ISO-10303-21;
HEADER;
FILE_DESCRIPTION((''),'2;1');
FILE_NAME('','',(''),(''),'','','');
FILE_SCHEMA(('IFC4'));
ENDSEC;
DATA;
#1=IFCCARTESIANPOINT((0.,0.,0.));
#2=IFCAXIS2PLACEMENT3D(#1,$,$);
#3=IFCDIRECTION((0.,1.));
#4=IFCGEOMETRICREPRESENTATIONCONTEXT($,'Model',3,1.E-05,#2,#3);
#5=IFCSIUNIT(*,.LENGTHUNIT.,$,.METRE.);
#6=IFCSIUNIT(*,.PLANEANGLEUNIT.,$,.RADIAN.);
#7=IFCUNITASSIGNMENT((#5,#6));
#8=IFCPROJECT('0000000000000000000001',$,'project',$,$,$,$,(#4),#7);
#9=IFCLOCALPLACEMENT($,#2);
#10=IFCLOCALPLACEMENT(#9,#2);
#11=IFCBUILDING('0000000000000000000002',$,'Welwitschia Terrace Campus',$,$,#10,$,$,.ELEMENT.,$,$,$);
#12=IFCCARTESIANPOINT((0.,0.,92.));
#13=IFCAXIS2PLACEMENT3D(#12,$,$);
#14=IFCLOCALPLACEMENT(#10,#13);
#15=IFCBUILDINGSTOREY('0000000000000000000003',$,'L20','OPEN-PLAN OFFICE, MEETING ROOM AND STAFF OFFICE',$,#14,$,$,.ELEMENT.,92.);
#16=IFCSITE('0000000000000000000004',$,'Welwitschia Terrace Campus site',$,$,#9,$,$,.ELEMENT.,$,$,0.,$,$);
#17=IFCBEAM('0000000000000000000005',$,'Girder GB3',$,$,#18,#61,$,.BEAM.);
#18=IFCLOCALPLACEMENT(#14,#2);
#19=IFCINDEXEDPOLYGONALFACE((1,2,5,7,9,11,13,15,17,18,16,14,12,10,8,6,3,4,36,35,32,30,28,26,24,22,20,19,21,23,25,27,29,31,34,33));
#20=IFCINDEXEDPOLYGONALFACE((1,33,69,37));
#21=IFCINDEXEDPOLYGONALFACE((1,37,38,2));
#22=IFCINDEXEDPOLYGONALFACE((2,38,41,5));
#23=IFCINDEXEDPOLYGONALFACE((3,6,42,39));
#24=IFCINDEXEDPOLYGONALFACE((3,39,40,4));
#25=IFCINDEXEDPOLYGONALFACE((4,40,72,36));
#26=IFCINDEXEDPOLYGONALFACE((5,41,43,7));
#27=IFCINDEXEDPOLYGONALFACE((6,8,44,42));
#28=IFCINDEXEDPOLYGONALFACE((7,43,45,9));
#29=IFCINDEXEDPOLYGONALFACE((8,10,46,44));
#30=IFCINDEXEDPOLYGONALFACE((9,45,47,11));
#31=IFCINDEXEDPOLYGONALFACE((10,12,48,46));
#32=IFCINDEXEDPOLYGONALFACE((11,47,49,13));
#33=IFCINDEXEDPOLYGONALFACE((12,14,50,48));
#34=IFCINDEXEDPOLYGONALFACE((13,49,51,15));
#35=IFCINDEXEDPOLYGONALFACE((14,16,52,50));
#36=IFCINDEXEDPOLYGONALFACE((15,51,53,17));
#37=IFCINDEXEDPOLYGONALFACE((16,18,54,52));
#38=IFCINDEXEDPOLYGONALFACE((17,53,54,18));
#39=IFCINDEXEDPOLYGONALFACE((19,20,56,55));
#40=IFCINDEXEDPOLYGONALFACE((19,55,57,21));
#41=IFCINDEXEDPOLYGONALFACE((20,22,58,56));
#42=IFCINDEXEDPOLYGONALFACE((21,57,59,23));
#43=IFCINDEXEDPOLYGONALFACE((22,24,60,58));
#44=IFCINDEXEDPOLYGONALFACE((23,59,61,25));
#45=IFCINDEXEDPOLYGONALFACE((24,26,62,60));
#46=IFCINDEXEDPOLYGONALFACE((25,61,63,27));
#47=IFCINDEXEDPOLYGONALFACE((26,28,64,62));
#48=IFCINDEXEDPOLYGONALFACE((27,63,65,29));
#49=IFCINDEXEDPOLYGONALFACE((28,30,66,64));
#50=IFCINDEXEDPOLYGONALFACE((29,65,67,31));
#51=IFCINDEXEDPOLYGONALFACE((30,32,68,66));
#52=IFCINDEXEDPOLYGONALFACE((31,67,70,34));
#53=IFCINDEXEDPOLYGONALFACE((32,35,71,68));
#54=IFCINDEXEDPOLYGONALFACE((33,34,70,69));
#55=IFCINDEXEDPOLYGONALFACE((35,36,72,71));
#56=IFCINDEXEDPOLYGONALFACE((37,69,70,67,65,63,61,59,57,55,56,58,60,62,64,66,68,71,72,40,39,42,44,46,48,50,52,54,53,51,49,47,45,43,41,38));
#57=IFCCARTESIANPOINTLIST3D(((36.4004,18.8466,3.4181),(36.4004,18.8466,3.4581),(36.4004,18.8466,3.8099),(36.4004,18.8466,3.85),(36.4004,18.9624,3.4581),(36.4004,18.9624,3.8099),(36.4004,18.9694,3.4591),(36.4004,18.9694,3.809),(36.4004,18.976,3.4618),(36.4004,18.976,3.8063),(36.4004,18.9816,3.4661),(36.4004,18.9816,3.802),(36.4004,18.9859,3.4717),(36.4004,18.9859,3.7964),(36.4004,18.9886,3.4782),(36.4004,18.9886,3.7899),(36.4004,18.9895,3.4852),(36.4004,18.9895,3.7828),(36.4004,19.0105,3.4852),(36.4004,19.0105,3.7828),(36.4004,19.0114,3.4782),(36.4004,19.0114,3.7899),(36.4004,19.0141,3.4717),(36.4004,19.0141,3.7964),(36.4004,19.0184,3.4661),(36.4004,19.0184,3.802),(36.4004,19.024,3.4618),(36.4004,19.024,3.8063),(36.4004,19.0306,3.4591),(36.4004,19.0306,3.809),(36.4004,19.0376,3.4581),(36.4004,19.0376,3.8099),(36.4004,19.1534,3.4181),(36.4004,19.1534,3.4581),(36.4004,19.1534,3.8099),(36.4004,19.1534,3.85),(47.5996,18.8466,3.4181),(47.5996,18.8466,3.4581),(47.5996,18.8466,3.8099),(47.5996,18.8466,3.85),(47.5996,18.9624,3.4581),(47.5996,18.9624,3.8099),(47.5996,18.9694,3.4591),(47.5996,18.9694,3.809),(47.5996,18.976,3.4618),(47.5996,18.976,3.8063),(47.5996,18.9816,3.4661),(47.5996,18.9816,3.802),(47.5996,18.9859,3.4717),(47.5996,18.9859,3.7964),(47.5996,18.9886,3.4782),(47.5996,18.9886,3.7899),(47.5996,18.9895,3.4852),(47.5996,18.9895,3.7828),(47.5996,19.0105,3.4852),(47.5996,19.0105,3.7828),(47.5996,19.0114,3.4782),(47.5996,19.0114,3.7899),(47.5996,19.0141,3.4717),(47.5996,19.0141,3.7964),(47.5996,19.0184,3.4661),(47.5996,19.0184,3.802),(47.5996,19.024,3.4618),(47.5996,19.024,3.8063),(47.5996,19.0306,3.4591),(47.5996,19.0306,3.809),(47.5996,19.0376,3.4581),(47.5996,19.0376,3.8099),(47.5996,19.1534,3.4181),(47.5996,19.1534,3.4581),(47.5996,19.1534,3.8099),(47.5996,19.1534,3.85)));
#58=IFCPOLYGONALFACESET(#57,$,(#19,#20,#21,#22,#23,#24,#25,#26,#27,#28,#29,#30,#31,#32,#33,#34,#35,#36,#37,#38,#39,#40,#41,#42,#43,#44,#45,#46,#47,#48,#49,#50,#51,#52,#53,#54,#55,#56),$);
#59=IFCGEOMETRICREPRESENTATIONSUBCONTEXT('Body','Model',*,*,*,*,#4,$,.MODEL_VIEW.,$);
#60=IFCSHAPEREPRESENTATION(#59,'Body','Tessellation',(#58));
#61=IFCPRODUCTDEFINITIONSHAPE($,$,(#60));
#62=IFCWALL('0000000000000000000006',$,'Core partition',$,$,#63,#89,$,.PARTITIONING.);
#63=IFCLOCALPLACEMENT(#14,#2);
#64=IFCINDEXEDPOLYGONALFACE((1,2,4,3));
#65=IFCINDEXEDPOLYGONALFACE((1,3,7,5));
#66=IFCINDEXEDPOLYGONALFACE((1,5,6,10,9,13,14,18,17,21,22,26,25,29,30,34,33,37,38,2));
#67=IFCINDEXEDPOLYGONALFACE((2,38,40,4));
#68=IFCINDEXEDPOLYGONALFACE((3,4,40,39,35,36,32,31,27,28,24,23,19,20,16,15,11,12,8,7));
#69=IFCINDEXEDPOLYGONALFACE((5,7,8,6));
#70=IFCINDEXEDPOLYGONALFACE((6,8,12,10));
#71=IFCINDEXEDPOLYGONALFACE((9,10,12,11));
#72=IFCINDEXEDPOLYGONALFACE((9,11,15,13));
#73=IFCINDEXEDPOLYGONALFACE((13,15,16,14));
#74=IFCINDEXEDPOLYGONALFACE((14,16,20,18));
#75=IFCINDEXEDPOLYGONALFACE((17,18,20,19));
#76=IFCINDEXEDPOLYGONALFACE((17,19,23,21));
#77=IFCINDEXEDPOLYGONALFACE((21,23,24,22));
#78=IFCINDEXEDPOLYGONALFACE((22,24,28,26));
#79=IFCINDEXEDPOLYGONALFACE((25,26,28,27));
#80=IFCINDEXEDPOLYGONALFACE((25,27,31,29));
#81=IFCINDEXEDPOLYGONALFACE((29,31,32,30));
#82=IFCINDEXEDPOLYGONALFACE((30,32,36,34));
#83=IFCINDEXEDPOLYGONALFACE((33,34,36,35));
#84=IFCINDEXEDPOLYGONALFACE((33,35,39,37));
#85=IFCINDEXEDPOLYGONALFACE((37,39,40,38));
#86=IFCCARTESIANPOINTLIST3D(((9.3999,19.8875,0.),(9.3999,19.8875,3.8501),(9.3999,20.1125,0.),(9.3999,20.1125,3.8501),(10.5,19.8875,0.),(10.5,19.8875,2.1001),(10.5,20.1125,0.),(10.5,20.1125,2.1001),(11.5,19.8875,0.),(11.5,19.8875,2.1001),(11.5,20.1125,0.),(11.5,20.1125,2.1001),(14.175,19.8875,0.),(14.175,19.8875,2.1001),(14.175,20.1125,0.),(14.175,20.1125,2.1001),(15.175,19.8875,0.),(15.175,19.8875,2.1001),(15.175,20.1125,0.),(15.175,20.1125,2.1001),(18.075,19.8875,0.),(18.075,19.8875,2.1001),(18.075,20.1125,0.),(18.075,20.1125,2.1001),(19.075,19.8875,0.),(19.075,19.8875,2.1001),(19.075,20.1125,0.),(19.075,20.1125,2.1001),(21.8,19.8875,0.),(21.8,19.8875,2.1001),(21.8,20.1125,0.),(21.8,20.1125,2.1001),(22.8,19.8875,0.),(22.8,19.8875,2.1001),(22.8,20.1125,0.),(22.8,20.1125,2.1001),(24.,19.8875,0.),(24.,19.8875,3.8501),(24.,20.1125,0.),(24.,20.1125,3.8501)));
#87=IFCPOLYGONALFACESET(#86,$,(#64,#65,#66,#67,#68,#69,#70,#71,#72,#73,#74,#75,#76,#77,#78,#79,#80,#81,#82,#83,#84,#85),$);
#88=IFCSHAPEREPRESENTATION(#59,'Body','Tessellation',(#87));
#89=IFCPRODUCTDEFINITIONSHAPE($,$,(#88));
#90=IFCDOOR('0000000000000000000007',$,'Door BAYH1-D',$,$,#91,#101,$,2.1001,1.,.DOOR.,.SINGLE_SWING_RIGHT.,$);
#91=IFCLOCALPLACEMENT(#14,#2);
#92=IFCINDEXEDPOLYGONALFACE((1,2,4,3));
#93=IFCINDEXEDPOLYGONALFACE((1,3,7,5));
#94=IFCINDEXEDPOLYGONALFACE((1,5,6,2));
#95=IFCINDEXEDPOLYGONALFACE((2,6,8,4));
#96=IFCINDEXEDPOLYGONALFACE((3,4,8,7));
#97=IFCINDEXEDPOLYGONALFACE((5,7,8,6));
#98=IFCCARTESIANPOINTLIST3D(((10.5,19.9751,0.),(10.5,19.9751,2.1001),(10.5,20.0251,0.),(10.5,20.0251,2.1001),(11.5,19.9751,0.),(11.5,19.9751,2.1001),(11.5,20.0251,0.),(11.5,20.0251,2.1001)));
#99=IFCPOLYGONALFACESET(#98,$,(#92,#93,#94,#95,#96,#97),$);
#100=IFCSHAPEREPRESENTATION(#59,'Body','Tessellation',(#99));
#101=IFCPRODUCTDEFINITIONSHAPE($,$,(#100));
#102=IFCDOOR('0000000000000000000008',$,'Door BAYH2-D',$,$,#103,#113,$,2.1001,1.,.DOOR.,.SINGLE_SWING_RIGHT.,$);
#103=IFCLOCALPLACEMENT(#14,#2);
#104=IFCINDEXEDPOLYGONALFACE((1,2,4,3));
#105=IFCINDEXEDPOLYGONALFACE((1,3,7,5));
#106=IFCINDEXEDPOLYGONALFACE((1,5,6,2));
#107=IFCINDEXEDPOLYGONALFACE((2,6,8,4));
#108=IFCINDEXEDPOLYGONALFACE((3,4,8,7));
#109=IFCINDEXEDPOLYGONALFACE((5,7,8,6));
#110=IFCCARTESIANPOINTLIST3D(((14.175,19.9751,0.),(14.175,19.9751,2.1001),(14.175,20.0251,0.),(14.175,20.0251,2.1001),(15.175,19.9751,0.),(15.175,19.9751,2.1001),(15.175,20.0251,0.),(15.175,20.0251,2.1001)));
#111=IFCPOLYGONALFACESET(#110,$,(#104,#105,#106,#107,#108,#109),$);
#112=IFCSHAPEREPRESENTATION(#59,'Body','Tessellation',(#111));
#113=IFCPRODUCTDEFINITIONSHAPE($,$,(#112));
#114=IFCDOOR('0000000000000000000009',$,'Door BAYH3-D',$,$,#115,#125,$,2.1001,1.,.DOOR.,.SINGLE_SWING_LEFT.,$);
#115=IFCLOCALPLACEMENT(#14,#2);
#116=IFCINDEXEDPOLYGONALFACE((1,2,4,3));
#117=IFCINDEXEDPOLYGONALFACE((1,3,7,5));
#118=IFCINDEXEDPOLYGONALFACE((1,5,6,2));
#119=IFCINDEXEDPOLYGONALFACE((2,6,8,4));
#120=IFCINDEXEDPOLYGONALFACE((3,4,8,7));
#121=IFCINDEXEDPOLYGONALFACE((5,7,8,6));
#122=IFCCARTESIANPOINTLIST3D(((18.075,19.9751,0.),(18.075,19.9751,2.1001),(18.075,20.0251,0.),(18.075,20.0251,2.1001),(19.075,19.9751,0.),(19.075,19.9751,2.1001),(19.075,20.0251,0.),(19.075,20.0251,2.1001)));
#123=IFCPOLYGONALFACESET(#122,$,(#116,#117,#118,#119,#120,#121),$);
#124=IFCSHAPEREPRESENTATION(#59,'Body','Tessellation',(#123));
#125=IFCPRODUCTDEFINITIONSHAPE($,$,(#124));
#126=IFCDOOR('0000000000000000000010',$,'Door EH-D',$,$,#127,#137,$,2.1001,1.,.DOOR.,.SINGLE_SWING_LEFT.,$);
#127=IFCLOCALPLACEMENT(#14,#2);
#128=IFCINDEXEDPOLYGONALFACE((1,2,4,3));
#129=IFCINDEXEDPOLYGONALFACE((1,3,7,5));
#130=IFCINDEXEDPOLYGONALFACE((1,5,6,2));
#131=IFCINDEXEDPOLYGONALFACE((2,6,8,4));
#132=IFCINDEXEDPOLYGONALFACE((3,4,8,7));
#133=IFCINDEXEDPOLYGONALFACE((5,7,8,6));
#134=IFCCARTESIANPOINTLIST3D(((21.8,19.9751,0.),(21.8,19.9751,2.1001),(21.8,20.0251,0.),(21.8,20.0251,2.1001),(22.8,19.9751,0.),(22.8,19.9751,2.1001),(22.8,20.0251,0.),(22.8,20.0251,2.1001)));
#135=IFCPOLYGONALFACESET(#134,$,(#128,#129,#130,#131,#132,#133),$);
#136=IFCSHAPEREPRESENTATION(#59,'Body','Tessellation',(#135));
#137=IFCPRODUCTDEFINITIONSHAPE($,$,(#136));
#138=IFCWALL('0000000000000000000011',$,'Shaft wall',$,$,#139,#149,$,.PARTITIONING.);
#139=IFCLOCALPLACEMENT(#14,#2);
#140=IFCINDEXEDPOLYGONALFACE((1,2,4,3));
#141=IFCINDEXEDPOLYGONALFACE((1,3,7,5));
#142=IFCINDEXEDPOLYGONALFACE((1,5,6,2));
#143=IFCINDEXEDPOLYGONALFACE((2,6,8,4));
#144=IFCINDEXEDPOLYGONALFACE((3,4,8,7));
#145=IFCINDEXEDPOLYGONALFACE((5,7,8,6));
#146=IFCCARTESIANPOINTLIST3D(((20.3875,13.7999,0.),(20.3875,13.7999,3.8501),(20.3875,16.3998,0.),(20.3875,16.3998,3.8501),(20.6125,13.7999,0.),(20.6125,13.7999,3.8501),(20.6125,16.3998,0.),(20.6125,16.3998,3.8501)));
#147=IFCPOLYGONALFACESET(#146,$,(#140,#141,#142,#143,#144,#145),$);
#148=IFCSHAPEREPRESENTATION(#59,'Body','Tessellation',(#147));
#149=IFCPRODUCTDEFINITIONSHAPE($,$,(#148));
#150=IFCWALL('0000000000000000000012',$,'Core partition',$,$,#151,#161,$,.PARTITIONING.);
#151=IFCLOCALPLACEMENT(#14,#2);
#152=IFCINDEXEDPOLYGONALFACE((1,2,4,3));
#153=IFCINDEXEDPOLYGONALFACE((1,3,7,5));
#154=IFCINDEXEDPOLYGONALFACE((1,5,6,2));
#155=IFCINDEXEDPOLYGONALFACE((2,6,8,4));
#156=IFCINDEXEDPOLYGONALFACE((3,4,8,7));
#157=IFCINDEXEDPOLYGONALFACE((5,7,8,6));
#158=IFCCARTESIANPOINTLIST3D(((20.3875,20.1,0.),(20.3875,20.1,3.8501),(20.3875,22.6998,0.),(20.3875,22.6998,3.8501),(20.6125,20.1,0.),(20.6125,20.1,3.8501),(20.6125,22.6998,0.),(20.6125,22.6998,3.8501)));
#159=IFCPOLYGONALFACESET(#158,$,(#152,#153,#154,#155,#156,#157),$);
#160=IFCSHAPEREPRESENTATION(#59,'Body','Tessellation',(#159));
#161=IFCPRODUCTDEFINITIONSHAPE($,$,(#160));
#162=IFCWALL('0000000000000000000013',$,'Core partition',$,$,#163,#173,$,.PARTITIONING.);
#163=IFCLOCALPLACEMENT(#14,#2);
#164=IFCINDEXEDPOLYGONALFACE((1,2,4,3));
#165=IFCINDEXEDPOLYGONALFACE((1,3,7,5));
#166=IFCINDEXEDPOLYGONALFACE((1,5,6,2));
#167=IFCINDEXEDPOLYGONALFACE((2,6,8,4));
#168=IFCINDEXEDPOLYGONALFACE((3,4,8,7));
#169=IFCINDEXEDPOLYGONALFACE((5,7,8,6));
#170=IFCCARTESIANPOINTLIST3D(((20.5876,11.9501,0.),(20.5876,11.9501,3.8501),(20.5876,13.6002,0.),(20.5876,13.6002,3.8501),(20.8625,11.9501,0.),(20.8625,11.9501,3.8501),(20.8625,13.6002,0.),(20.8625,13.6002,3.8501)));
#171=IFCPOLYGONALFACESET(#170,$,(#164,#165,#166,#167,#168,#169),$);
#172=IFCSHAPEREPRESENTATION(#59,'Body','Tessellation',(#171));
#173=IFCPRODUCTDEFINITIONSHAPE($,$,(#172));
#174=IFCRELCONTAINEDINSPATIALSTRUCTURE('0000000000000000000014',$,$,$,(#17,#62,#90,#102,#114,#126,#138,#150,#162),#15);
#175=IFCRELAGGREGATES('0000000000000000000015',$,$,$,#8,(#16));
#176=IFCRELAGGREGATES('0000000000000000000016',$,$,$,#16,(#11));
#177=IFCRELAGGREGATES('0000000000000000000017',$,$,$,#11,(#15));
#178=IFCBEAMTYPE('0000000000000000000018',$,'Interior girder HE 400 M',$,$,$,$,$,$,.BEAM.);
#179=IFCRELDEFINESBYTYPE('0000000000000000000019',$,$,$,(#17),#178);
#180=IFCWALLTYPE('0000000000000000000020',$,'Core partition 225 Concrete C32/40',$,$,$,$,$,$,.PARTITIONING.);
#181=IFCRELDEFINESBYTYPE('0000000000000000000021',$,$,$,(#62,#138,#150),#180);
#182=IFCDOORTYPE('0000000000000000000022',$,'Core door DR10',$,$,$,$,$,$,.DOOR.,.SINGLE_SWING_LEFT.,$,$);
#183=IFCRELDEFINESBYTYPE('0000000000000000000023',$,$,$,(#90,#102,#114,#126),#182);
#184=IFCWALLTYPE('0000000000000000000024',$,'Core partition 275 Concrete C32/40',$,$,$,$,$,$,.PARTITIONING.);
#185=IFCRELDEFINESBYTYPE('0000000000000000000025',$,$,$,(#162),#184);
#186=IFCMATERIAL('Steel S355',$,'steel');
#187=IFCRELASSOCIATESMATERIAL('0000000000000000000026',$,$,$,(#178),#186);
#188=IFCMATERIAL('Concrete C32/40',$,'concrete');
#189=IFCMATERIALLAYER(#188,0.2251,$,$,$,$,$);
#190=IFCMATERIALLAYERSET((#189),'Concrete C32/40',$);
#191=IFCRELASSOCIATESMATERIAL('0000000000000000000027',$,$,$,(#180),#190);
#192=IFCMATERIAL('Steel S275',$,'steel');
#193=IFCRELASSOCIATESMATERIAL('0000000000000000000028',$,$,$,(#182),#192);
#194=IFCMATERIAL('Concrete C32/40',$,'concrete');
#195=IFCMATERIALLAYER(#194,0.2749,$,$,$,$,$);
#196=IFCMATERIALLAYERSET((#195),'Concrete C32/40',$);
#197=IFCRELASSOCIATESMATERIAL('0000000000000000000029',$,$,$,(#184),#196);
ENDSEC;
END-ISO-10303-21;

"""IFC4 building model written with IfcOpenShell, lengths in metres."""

from ifc_helpers import new_model, si_unit, direction, frame, frame_2d, origin, origin_2d, place, context, subcontext, project, spatial, rectangle, i_section, extrude, material, layer, layer_set, material_profile, profile_set, type_object, element, fill, save


model = new_model("IFC4")

# Units and contexts
model_context = context("Model", 3, precision=1e-05, world=origin(), true_north=direction((0.0, 1.0)))
body_context = subcontext(model_context, "Body", "Model", "MODEL_VIEW")
ifc_project = project(units=[si_unit("LENGTHUNIT", "METRE"), si_unit("PLANEANGLEUNIT", "RADIAN")], contexts=[model_context])

# Site, building, storey
site_placement = place(None, origin())
site = spatial("IfcSite", under=ifc_project, at=site_placement, Name="Welwitschia Terrace Campus site", CompositionType="ELEMENT", RefElevation=0.0)
building_placement = place(site_placement, origin())
building = spatial("IfcBuilding", under=site, at=building_placement, Name="Welwitschia Terrace Campus", CompositionType="ELEMENT")
storey_placement = place(building_placement, frame((0.0, 0.0, 92.0)))
storey = spatial("IfcBuildingStorey", under=building, at=storey_placement, Name="L20", Description="OPEN-PLAN OFFICE, MEETING ROOM AND STAFF OFFICE", CompositionType="ELEMENT", Elevation=92.0)

# Beam
ifc_material_1 = material(Name="Steel S355", Category="steel")
ifc_material_profile_1 = material_profile(ifc_material_1, i_section(OverallWidth=0.3069, OverallDepth=0.4319, WebThickness=0.021, FlangeThickness=0.04, FilletRadius=0.0271, at=origin_2d()))
ifc_profile_set_1 = profile_set([ifc_material_profile_1], Name="Steel S355")
beam_type = type_object("IfcBeamType", Name="Interior girder HE 400 M", PredefinedType="BEAM", material=ifc_profile_set_1)
beam_1_placement = place(storey_placement, frame((36.4004, 19.0, 3.634), z_axis=(1.0, 0.0, 0.0), x_axis=(0.0, 1.0, 0.0)))
element("IfcBeam", 1, at=beam_1_placement, inside=storey, type_object=beam_type, Name="Girder GB3", PredefinedType="BEAM", context=body_context, shape_type="SweptSolid", body=[
    extrude(i_section(OverallWidth=0.3069, OverallDepth=0.4319, WebThickness=0.021, FlangeThickness=0.04, FilletRadius=0.0271, at=origin_2d()), origin(), (0.0, 0.0, 1.0), 11.1992),
])

# Wall, openings, doors
ifc_material_2 = material(Name="Concrete C32/40", Category="concrete")
ifc_layer_1 = layer(ifc_material_2, 0.2251)
ifc_layer_set_1 = layer_set([ifc_layer_1], Name="Concrete C32/40")
wall_type_1 = type_object("IfcWallType", Name="Core partition 225 Concrete C32/40", PredefinedType="PARTITIONING", material=ifc_layer_set_1)
wall_1_placement = place(storey_placement, frame((24.0, 20.0, 0.0), z_axis=(0.0, 0.0, 1.0), x_axis=(-1.0, 0.0, 0.0)))
wall_1 = element("IfcWall", 2, at=wall_1_placement, inside=storey, type_object=wall_type_1, Name="Core partition", PredefinedType="PARTITIONING", context=body_context, shape_type="SweptSolid", body=[
    extrude(rectangle(XDim=14.6001, YDim=0.2251, at=frame_2d((7.3, 0.0))), origin(), (0.0, 0.0, 1.0), 3.8501),
])
opening_1_placement = place(wall_1_placement, frame((12.5, 0.0, 0.0)))
opening_1 = element("IfcOpeningElement", 3, at=opening_1_placement, cuts=wall_1, PredefinedType="OPENING", context=body_context, shape_type="SweptSolid", body=[
    extrude(rectangle(XDim=1.0, YDim=2.1001, at=frame_2d((0.5, 1.05))), frame((0.0, 0.1226, 0.0), z_axis=(0.0, -1.0, 0.0), x_axis=(1.0, 0.0, 0.0)), (0.0, 0.0, 1.0), 0.2451),
])
opening_2_placement = place(wall_1_placement, frame((8.825, 0.0, 0.0)))
opening_2 = element("IfcOpeningElement", 4, at=opening_2_placement, cuts=wall_1, PredefinedType="OPENING", context=body_context, shape_type="SweptSolid", body=[
    extrude(rectangle(XDim=1.0, YDim=2.1001, at=frame_2d((0.5, 1.05))), frame((0.0, 0.1226, 0.0), z_axis=(0.0, -1.0, 0.0), x_axis=(1.0, 0.0, 0.0)), (0.0, 0.0, 1.0), 0.2451),
])
opening_3_placement = place(wall_1_placement, frame((4.925, 0.0, 0.0)))
opening_3 = element("IfcOpeningElement", 5, at=opening_3_placement, cuts=wall_1, PredefinedType="OPENING", context=body_context, shape_type="SweptSolid", body=[
    extrude(rectangle(XDim=1.0, YDim=2.1001, at=frame_2d((0.5, 1.05))), frame((0.0, 0.1226, 0.0), z_axis=(0.0, -1.0, 0.0), x_axis=(1.0, 0.0, 0.0)), (0.0, 0.0, 1.0), 0.2451),
])
opening_4_placement = place(wall_1_placement, frame((1.2, 0.0, 0.0)))
opening_4 = element("IfcOpeningElement", 6, at=opening_4_placement, cuts=wall_1, PredefinedType="OPENING", context=body_context, shape_type="SweptSolid", body=[
    extrude(rectangle(XDim=1.0, YDim=2.1001, at=frame_2d((0.5, 1.05))), frame((0.0, 0.1226, 0.0), z_axis=(0.0, -1.0, 0.0), x_axis=(1.0, 0.0, 0.0)), (0.0, 0.0, 1.0), 0.2451),
])
ifc_material_3 = material(Name="Steel S275", Category="steel")
door_type_1 = type_object("IfcDoorType", Name="Core door DR10", OperationType="SINGLE_SWING_LEFT", PredefinedType="DOOR", material=ifc_material_3)
door_1_placement = place(opening_1_placement, origin())
door_1 = element("IfcDoor", 7, at=door_1_placement, inside=storey, type_object=door_type_1, Name="Door BAYH1-D", OperationType="SINGLE_SWING_RIGHT", OverallHeight=2.1001, OverallWidth=1.0, PredefinedType="DOOR", context=body_context, shape_type="SweptSolid", body=[
    extrude(rectangle(XDim=1.0, YDim=2.1001, at=frame_2d((0.5, 1.05))), frame((0.0, 0.0249, 0.0), z_axis=(0.0, -1.0, 0.0), x_axis=(1.0, 0.0, 0.0)), (0.0, 0.0, 1.0), 0.05),
])
fill(opening_1, door_1)
door_2_placement = place(opening_2_placement, origin())
door_2 = element("IfcDoor", 8, at=door_2_placement, inside=storey, type_object=door_type_1, Name="Door BAYH2-D", OperationType="SINGLE_SWING_RIGHT", OverallHeight=2.1001, OverallWidth=1.0, PredefinedType="DOOR", context=body_context, shape_type="SweptSolid", body=[
    extrude(rectangle(XDim=1.0, YDim=2.1001, at=frame_2d((0.5, 1.05))), frame((0.0, 0.0249, 0.0), z_axis=(0.0, -1.0, 0.0), x_axis=(1.0, 0.0, 0.0)), (0.0, 0.0, 1.0), 0.05),
])
fill(opening_2, door_2)
door_3_placement = place(opening_3_placement, origin())
door_3 = element("IfcDoor", 9, at=door_3_placement, inside=storey, type_object=door_type_1, Name="Door BAYH3-D", OperationType="SINGLE_SWING_LEFT", OverallHeight=2.1001, OverallWidth=1.0, PredefinedType="DOOR", context=body_context, shape_type="SweptSolid", body=[
    extrude(rectangle(XDim=1.0, YDim=2.1001, at=frame_2d((0.5, 1.05))), frame((0.0, 0.0249, 0.0), z_axis=(0.0, -1.0, 0.0), x_axis=(1.0, 0.0, 0.0)), (0.0, 0.0, 1.0), 0.05),
])
fill(opening_3, door_3)
door_4_placement = place(opening_4_placement, origin())
door_4 = element("IfcDoor", 10, at=door_4_placement, inside=storey, type_object=door_type_1, Name="Door EH-D", OperationType="SINGLE_SWING_LEFT", OverallHeight=2.1001, OverallWidth=1.0, PredefinedType="DOOR", context=body_context, shape_type="SweptSolid", body=[
    extrude(rectangle(XDim=1.0, YDim=2.1001, at=frame_2d((0.5, 1.05))), frame((0.0, 0.0249, 0.0), z_axis=(0.0, -1.0, 0.0), x_axis=(1.0, 0.0, 0.0)), (0.0, 0.0, 1.0), 0.05),
])
fill(opening_4, door_4)

# Walls
for number, where, z_axis, x_axis, name in (
    (11, (20.5, 13.8, 0.0), (0.0, 0.0, 1.0), (0.0, 1.0, 0.0), "Shaft wall"),
    (12, (20.5, 20.1001, 0.0), (0.0, 0.0, 1.0), (0.0, 1.0, 0.0), "Core partition"),
):
    element("IfcWall", number, at=place(storey_placement, frame(where, z_axis=z_axis, x_axis=x_axis)), inside=storey, type_object=wall_type_1, Name=name, PredefinedType="PARTITIONING", context=body_context, shape_type="SweptSolid", body=[
        extrude(rectangle(XDim=2.5999, YDim=0.2251, at=frame_2d((1.2998, 0.0))), origin(), (0.0, 0.0, 1.0), 3.8501),
    ])
ifc_material_4 = material(Name="Concrete C32/40", Category="concrete")
ifc_layer_2 = layer(ifc_material_4, 0.2749)
ifc_layer_set_2 = layer_set([ifc_layer_2], Name="Concrete C32/40")
wall_type_2 = type_object("IfcWallType", Name="Core partition 275 Concrete C32/40", PredefinedType="PARTITIONING", material=ifc_layer_set_2)
wall_2_placement = place(storey_placement, frame((20.7251, 11.95, 0.0), z_axis=(0.0, 0.0, 1.0), x_axis=(0.0, 1.0, 0.0)))
element("IfcWall", 13, at=wall_2_placement, inside=storey, type_object=wall_type_2, Name="Core partition", PredefinedType="PARTITIONING", context=body_context, shape_type="SweptSolid", body=[
    extrude(rectangle(XDim=1.6501, YDim=0.2749, at=frame_2d((0.8252, 0.0))), origin(), (0.0, 0.0, 1.0), 3.8501),
])

save(model, "model.ifc")
